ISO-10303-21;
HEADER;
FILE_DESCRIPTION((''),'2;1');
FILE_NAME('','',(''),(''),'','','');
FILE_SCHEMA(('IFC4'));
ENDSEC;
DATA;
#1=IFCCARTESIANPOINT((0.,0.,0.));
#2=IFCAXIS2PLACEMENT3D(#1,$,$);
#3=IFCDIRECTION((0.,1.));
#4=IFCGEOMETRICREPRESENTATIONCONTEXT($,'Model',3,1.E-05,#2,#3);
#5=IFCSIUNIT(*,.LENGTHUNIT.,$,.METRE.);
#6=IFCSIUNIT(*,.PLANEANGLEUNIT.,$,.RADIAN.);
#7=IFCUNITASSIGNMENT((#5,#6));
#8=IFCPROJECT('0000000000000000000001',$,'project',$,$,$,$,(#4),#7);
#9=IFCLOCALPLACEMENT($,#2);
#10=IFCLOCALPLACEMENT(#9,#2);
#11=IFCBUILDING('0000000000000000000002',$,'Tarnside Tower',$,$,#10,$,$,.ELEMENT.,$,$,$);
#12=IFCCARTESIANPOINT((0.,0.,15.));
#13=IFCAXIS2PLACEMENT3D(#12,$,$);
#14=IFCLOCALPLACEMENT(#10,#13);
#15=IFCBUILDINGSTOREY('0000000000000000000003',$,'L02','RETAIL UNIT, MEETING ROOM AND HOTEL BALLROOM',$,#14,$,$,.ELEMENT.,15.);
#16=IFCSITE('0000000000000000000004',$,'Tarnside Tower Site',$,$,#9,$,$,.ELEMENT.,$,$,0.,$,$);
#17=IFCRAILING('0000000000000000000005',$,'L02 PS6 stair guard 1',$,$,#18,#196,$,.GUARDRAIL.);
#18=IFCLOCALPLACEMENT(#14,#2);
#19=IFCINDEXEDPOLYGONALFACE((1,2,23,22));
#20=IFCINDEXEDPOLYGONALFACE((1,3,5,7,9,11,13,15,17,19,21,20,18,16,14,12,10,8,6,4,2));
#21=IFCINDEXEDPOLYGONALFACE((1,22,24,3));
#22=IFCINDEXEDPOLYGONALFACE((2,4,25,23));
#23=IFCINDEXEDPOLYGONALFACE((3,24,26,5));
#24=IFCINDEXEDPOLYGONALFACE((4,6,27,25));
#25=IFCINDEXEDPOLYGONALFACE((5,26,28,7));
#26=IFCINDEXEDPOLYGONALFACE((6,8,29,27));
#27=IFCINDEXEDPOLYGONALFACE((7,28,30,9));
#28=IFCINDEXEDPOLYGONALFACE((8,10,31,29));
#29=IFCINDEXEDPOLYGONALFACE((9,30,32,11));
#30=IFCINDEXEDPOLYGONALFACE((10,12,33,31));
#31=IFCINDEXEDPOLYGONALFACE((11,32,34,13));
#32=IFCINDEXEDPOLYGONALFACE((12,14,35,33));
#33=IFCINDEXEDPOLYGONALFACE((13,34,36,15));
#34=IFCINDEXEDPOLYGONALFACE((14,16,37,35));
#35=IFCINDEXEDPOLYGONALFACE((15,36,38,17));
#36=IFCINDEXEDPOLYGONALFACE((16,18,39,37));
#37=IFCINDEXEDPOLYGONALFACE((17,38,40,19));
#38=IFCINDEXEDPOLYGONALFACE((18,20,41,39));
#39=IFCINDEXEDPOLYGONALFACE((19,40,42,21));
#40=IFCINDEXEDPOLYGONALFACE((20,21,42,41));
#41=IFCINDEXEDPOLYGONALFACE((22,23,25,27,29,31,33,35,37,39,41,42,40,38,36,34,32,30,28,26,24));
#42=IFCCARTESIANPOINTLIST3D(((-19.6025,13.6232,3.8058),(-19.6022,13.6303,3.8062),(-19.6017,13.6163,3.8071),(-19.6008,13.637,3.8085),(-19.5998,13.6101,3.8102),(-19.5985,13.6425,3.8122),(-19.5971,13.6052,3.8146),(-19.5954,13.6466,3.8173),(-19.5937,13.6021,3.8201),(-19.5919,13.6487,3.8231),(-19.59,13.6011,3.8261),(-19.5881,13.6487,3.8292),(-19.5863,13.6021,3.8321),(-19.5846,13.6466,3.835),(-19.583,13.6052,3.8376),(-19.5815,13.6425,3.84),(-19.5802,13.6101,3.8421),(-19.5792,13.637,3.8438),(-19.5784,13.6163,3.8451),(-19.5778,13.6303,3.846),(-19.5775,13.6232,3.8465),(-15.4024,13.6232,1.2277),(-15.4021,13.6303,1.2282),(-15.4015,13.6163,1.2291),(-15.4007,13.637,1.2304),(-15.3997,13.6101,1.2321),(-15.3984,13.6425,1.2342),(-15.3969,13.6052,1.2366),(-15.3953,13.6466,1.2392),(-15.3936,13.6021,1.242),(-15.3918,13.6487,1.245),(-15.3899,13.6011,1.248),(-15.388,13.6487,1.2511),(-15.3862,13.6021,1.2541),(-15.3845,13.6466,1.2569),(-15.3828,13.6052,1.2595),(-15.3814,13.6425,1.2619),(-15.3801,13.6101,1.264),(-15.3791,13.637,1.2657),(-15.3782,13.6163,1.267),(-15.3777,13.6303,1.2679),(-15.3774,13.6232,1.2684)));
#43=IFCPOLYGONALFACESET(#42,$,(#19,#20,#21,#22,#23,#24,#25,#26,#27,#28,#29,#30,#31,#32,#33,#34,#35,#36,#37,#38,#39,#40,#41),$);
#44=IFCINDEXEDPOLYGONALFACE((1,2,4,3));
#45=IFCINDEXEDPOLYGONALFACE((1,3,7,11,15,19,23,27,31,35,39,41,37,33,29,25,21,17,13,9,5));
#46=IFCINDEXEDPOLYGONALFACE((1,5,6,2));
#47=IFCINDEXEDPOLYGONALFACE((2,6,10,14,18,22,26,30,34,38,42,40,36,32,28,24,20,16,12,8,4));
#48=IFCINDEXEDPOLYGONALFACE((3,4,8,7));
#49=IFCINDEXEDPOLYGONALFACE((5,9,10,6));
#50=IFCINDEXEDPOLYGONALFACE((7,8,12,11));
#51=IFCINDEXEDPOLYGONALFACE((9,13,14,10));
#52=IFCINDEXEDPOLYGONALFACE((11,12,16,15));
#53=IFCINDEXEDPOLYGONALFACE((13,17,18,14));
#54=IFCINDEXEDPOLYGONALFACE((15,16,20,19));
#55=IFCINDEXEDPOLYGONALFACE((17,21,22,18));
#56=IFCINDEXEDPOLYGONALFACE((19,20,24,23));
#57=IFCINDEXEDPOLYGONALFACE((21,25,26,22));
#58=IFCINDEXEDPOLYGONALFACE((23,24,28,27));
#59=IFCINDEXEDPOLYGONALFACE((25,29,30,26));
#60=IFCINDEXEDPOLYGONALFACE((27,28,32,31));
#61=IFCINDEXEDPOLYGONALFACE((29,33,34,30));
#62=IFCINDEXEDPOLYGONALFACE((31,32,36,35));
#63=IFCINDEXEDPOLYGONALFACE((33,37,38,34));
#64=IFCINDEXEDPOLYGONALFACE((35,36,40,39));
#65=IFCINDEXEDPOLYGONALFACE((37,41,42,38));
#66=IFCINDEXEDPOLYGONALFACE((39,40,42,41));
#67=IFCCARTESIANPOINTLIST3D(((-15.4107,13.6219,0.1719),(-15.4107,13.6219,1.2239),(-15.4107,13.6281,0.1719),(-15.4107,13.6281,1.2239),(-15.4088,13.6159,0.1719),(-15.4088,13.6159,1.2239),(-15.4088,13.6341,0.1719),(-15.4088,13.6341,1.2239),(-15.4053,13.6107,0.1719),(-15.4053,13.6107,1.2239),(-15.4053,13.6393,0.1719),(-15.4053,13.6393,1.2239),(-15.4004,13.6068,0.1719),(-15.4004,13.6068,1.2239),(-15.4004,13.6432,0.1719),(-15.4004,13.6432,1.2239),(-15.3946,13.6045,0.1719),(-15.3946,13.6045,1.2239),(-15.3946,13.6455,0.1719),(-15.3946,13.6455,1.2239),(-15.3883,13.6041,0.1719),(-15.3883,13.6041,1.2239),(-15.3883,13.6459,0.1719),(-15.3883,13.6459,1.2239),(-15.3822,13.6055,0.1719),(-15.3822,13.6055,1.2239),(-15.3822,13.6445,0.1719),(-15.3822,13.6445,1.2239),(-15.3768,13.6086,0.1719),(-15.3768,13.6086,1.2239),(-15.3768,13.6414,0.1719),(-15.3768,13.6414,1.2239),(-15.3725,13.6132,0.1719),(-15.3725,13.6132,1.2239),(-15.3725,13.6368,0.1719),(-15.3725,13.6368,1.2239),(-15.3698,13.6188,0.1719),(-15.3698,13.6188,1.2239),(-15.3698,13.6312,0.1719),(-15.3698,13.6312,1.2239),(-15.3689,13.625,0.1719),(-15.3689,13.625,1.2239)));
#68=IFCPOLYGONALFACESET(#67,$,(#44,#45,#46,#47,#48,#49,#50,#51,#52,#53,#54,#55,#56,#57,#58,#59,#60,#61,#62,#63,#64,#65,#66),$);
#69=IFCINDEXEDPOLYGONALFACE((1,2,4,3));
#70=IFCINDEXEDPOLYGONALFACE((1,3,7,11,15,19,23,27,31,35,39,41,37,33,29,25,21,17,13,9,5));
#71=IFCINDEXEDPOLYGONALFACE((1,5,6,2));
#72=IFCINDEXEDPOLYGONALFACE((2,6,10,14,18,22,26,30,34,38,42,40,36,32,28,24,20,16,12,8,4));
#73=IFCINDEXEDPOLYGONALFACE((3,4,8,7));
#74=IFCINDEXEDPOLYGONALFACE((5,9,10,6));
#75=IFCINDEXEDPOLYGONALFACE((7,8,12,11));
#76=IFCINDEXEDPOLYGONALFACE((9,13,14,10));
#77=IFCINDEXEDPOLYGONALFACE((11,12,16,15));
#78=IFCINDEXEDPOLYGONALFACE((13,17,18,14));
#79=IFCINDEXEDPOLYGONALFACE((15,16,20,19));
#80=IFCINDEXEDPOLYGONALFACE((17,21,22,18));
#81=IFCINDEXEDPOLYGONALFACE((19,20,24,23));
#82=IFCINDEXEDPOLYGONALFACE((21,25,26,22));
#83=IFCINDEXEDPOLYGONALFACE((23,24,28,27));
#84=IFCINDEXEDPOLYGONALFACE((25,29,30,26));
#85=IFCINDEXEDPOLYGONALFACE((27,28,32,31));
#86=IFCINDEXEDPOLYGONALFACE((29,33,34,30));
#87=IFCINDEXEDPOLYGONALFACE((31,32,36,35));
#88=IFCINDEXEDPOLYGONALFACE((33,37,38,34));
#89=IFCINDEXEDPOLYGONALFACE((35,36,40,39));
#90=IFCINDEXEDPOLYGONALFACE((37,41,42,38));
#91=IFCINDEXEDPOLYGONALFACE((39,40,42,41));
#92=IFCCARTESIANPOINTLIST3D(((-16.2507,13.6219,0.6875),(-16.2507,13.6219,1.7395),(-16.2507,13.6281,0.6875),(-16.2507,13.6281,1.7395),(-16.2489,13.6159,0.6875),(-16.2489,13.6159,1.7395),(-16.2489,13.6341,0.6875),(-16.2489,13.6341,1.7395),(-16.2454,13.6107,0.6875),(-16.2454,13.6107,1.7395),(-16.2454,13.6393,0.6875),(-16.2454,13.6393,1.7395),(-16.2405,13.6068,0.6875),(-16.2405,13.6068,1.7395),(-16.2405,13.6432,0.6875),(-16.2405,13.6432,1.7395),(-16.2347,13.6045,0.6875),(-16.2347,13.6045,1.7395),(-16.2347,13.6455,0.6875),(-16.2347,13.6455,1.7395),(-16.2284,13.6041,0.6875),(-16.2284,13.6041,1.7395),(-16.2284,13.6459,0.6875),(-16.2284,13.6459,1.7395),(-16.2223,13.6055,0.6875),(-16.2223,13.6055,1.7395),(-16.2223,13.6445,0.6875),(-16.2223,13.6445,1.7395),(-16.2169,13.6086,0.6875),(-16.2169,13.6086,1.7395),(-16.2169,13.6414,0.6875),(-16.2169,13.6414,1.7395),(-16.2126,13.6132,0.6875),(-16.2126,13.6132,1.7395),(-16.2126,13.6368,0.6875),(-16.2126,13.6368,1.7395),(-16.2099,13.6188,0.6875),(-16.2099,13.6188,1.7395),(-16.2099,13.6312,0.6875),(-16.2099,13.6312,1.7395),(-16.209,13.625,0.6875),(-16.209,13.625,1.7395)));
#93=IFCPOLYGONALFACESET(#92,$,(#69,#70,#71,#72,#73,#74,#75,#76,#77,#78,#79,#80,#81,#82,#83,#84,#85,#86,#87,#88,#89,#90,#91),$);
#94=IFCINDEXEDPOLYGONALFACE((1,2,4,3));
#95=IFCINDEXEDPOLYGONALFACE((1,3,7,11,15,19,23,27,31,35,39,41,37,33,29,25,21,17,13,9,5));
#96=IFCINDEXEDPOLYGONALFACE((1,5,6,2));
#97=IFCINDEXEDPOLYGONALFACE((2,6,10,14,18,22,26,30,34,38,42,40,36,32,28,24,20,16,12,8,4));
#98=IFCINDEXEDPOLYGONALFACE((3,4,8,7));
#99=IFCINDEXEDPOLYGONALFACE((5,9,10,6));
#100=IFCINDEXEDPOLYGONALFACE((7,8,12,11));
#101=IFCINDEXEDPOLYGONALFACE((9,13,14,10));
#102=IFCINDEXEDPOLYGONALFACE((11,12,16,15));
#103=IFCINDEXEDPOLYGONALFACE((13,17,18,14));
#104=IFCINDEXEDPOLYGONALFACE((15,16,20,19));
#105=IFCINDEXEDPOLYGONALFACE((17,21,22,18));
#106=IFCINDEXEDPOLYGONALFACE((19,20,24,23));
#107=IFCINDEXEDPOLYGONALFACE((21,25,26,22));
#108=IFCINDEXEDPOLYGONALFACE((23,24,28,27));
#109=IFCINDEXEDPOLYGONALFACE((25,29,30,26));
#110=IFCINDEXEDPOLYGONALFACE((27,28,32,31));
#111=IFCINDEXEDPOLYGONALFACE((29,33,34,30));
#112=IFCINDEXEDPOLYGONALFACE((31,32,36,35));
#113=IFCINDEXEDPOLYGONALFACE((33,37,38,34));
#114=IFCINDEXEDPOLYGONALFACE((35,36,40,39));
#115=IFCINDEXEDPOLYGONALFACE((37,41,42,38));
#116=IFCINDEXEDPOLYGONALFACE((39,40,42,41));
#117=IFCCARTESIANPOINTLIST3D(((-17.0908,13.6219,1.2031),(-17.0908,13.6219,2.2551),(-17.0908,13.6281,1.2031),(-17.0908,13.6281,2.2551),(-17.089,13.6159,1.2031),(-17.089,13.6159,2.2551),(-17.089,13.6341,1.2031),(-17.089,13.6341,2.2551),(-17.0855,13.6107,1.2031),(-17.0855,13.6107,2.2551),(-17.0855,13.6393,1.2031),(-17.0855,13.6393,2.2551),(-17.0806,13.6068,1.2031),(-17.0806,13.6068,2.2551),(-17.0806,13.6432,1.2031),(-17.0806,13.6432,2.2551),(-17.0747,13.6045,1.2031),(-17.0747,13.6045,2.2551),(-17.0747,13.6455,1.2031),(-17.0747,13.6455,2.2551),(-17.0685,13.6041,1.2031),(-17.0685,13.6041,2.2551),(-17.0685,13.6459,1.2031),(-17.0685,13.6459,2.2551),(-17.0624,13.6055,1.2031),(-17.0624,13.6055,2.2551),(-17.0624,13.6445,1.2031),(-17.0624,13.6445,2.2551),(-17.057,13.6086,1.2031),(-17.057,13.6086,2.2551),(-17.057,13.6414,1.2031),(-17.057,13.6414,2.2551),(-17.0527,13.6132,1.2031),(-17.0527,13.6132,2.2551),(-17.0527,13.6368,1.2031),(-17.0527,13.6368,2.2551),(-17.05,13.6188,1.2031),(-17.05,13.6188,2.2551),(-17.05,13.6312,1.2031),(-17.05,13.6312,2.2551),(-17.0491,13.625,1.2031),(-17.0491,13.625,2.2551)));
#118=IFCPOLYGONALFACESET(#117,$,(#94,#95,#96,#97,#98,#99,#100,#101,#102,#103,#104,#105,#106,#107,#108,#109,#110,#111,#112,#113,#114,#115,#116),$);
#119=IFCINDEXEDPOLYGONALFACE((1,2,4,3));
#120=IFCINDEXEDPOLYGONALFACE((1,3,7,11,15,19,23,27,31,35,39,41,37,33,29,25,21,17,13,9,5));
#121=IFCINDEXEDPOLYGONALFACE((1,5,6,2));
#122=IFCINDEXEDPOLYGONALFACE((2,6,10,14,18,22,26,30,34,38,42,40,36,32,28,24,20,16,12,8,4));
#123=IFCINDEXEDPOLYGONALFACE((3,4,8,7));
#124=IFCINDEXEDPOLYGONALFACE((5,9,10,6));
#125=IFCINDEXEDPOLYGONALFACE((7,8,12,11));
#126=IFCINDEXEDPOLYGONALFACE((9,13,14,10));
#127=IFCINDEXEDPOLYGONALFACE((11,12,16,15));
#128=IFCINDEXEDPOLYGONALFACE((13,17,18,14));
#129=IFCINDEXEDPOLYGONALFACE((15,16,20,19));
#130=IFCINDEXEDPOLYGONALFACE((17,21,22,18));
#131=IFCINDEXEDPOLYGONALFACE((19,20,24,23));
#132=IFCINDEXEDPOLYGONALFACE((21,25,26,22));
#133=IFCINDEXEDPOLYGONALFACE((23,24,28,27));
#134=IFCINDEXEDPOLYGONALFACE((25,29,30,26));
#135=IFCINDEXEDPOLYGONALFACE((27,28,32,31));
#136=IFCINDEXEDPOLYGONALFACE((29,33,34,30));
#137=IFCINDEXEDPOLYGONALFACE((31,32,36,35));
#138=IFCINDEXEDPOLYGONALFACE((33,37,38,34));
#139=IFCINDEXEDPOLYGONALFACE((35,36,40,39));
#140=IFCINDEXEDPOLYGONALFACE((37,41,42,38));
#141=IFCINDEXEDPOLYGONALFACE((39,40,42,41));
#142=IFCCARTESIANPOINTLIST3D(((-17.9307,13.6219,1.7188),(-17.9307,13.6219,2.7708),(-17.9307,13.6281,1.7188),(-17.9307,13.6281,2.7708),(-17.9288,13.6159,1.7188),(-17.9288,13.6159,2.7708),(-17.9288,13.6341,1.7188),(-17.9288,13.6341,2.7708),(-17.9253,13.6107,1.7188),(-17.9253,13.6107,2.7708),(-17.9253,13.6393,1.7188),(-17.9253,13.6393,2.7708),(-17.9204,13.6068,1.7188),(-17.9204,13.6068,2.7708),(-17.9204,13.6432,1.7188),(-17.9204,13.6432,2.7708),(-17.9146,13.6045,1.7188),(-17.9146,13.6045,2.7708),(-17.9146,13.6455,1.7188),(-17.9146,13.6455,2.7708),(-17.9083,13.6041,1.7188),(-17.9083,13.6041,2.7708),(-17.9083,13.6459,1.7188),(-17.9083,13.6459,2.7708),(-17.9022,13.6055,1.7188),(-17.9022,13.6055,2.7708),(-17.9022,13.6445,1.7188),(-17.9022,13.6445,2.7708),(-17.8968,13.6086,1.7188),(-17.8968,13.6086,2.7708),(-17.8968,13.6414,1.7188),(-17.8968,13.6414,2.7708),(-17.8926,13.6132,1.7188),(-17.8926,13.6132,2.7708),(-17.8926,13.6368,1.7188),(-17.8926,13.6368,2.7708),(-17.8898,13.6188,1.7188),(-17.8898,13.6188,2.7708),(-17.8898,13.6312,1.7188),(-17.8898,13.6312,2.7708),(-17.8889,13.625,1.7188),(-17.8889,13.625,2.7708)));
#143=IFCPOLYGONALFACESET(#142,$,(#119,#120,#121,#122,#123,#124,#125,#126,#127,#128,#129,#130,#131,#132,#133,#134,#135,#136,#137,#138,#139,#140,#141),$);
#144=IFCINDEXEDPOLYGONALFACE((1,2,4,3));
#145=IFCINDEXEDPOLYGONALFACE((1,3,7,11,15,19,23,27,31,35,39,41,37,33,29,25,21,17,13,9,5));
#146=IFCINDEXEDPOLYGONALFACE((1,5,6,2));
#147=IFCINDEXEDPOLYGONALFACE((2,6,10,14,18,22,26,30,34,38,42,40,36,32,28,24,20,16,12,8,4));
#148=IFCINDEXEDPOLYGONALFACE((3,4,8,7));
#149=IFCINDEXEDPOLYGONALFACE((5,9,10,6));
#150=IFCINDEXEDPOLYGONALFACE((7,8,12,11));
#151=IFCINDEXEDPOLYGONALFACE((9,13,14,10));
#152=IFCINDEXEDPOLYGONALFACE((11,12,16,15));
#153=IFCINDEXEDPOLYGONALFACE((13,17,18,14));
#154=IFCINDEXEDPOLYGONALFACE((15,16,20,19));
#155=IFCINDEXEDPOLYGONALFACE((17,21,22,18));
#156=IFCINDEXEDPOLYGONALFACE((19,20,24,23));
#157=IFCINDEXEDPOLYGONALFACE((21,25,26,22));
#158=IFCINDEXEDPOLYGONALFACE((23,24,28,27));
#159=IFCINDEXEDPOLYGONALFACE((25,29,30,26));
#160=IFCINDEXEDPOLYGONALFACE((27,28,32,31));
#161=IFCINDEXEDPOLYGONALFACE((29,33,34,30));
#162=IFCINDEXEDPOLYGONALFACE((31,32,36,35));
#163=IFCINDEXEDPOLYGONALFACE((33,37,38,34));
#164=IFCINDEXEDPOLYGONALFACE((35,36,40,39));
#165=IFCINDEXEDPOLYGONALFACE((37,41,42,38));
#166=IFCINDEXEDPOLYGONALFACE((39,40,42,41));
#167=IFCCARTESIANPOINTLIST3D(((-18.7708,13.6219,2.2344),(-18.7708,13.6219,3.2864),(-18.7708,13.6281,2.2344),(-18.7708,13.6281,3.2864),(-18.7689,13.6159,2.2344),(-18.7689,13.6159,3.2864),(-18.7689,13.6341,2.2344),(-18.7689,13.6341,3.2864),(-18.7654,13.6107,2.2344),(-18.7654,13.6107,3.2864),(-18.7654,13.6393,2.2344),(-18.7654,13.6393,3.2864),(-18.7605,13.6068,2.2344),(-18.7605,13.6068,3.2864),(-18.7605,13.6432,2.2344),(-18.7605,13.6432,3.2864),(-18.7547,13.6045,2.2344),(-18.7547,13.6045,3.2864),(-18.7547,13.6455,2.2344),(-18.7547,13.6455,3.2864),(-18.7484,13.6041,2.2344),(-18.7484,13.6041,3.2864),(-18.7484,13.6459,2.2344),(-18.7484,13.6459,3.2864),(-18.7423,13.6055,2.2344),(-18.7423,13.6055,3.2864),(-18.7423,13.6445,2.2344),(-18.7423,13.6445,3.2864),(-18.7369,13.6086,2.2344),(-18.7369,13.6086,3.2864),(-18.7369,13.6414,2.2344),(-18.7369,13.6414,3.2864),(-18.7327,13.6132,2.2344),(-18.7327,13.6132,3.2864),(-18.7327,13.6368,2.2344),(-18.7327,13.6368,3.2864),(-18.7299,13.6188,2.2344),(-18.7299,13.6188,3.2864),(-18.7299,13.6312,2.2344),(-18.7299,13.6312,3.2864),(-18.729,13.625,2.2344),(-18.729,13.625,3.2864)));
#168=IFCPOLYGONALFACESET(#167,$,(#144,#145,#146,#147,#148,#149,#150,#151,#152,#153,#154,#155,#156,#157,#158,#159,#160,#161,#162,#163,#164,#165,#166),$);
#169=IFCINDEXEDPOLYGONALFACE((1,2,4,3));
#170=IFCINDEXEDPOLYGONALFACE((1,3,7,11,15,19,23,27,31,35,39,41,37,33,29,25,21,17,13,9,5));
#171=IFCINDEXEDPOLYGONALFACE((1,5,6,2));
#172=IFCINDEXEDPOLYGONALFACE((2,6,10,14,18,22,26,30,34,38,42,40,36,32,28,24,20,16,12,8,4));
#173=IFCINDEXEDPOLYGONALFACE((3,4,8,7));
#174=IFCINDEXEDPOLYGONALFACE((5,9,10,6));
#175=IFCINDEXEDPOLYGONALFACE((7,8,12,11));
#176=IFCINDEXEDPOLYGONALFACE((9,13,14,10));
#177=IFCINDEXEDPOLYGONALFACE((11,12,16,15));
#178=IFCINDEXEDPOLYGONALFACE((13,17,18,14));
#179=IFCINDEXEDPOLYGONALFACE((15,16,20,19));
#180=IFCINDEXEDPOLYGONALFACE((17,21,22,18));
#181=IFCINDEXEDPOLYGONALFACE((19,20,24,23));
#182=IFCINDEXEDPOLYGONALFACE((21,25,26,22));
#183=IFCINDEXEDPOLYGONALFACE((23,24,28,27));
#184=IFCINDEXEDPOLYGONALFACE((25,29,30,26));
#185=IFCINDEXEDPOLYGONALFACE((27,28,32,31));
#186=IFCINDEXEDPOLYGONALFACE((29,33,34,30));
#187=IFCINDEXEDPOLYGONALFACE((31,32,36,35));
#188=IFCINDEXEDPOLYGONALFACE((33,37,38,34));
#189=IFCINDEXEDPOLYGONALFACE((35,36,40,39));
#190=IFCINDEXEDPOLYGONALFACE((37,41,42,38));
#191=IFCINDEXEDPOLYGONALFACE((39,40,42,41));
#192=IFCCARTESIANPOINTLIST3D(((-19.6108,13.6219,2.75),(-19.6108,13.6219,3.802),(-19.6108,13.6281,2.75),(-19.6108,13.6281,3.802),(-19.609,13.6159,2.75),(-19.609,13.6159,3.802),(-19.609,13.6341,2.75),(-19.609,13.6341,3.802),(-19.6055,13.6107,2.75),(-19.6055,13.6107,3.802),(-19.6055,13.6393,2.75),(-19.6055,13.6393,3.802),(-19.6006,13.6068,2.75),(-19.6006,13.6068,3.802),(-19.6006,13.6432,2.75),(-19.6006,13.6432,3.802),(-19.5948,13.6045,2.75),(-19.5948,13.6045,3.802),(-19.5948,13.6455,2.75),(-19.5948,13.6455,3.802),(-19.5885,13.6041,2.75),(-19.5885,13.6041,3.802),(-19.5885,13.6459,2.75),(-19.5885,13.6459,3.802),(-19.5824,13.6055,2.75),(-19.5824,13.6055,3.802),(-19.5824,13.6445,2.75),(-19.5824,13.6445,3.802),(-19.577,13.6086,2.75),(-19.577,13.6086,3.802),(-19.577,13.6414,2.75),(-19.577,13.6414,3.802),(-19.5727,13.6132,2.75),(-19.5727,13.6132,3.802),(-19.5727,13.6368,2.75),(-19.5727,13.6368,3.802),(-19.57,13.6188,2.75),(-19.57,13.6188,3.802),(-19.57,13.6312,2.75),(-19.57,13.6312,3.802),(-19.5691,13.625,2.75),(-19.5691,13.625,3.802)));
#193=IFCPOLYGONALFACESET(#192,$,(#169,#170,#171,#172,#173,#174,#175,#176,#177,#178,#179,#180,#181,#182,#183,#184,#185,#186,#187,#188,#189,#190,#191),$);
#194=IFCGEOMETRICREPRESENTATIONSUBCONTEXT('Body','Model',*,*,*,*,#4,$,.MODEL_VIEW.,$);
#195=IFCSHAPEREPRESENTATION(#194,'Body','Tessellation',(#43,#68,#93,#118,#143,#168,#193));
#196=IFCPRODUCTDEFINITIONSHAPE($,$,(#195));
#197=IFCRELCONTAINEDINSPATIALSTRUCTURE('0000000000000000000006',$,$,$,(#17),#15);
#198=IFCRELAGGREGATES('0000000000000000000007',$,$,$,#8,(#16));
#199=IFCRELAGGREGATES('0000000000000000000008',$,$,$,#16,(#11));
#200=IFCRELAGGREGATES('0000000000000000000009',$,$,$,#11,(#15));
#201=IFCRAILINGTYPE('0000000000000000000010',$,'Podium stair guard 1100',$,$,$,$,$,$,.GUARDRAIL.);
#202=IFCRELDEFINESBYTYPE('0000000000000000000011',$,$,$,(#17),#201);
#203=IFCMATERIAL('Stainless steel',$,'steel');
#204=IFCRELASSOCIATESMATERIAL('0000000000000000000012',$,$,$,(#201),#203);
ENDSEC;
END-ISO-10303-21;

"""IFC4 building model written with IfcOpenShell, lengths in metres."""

from ifc_helpers import new_model, si_unit, direction, frame, origin, origin_2d, place, context, subcontext, project, spatial, circle, extrude, material, type_object, element, save


model = new_model("IFC4")

# Units and contexts
model_context = context("Model", 3, precision=1e-05, world=origin(), true_north=direction((0.0, 1.0)))
body_context = subcontext(model_context, "Body", "Model", "MODEL_VIEW")
ifc_project = project(units=[si_unit("LENGTHUNIT", "METRE"), si_unit("PLANEANGLEUNIT", "RADIAN")], contexts=[model_context])

# Site, building, storey
site_placement = place(None, origin())
site = spatial("IfcSite", under=ifc_project, at=site_placement, Name="Tarnside Tower Site", CompositionType="ELEMENT", RefElevation=0.0)
building_placement = place(site_placement, origin())
building = spatial("IfcBuilding", under=site, at=building_placement, Name="Tarnside Tower", CompositionType="ELEMENT")
storey_placement = place(building_placement, frame((0.0, 0.0, 15.0)))
storey = spatial("IfcBuildingStorey", under=building, at=storey_placement, Name="L02", Description="RETAIL UNIT, MEETING ROOM AND HOTEL BALLROOM", CompositionType="ELEMENT", Elevation=15.0)

# Railing
ifc_material_1 = material(Name="Stainless steel", Category="steel")
railing_type_1 = type_object("IfcRailingType", Name="Podium stair guard 1100", PredefinedType="GUARDRAIL", material=ifc_material_1)
railing_1_placement = place(storey_placement, frame((-15.3899, 13.625, 0.1719)))
element("IfcRailing", 1, at=railing_1_placement, inside=storey, type_object=railing_type_1, Name="L02 PS6 stair guard 1", PredefinedType="GUARDRAIL", context=body_context, shape_type="SweptSolid", body=[
    extrude(circle(Radius=0.0239, at=origin_2d()), frame((0.0, 0.0, 1.0762), z_axis=(-0.852256, 0.0, 0.523124), x_axis=(0.0, -1.0, 0.0)), (0.0, 0.0, 1.0), 4.9282),
    extrude(circle(Radius=0.021, at=origin_2d()), origin(), (0.0, 0.0, 1.0), 1.052),
    extrude(circle(Radius=0.021, at=origin_2d()), frame((-0.8401, 0.0, 0.5156)), (0.0, 0.0, 1.0), 1.052),
    extrude(circle(Radius=0.021, at=origin_2d()), frame((-1.6802, 0.0, 1.0312)), (0.0, 0.0, 1.0), 1.052),
    extrude(circle(Radius=0.021, at=origin_2d()), frame((-2.52, 0.0, 1.5469)), (0.0, 0.0, 1.0), 1.052),
    extrude(circle(Radius=0.021, at=origin_2d()), frame((-3.3601, 0.0, 2.0625)), (0.0, 0.0, 1.0), 1.052),
    extrude(circle(Radius=0.021, at=origin_2d()), frame((-4.2002, 0.0, 2.5781)), (0.0, 0.0, 1.0), 1.052),
])

save(model, "model.ifc")
